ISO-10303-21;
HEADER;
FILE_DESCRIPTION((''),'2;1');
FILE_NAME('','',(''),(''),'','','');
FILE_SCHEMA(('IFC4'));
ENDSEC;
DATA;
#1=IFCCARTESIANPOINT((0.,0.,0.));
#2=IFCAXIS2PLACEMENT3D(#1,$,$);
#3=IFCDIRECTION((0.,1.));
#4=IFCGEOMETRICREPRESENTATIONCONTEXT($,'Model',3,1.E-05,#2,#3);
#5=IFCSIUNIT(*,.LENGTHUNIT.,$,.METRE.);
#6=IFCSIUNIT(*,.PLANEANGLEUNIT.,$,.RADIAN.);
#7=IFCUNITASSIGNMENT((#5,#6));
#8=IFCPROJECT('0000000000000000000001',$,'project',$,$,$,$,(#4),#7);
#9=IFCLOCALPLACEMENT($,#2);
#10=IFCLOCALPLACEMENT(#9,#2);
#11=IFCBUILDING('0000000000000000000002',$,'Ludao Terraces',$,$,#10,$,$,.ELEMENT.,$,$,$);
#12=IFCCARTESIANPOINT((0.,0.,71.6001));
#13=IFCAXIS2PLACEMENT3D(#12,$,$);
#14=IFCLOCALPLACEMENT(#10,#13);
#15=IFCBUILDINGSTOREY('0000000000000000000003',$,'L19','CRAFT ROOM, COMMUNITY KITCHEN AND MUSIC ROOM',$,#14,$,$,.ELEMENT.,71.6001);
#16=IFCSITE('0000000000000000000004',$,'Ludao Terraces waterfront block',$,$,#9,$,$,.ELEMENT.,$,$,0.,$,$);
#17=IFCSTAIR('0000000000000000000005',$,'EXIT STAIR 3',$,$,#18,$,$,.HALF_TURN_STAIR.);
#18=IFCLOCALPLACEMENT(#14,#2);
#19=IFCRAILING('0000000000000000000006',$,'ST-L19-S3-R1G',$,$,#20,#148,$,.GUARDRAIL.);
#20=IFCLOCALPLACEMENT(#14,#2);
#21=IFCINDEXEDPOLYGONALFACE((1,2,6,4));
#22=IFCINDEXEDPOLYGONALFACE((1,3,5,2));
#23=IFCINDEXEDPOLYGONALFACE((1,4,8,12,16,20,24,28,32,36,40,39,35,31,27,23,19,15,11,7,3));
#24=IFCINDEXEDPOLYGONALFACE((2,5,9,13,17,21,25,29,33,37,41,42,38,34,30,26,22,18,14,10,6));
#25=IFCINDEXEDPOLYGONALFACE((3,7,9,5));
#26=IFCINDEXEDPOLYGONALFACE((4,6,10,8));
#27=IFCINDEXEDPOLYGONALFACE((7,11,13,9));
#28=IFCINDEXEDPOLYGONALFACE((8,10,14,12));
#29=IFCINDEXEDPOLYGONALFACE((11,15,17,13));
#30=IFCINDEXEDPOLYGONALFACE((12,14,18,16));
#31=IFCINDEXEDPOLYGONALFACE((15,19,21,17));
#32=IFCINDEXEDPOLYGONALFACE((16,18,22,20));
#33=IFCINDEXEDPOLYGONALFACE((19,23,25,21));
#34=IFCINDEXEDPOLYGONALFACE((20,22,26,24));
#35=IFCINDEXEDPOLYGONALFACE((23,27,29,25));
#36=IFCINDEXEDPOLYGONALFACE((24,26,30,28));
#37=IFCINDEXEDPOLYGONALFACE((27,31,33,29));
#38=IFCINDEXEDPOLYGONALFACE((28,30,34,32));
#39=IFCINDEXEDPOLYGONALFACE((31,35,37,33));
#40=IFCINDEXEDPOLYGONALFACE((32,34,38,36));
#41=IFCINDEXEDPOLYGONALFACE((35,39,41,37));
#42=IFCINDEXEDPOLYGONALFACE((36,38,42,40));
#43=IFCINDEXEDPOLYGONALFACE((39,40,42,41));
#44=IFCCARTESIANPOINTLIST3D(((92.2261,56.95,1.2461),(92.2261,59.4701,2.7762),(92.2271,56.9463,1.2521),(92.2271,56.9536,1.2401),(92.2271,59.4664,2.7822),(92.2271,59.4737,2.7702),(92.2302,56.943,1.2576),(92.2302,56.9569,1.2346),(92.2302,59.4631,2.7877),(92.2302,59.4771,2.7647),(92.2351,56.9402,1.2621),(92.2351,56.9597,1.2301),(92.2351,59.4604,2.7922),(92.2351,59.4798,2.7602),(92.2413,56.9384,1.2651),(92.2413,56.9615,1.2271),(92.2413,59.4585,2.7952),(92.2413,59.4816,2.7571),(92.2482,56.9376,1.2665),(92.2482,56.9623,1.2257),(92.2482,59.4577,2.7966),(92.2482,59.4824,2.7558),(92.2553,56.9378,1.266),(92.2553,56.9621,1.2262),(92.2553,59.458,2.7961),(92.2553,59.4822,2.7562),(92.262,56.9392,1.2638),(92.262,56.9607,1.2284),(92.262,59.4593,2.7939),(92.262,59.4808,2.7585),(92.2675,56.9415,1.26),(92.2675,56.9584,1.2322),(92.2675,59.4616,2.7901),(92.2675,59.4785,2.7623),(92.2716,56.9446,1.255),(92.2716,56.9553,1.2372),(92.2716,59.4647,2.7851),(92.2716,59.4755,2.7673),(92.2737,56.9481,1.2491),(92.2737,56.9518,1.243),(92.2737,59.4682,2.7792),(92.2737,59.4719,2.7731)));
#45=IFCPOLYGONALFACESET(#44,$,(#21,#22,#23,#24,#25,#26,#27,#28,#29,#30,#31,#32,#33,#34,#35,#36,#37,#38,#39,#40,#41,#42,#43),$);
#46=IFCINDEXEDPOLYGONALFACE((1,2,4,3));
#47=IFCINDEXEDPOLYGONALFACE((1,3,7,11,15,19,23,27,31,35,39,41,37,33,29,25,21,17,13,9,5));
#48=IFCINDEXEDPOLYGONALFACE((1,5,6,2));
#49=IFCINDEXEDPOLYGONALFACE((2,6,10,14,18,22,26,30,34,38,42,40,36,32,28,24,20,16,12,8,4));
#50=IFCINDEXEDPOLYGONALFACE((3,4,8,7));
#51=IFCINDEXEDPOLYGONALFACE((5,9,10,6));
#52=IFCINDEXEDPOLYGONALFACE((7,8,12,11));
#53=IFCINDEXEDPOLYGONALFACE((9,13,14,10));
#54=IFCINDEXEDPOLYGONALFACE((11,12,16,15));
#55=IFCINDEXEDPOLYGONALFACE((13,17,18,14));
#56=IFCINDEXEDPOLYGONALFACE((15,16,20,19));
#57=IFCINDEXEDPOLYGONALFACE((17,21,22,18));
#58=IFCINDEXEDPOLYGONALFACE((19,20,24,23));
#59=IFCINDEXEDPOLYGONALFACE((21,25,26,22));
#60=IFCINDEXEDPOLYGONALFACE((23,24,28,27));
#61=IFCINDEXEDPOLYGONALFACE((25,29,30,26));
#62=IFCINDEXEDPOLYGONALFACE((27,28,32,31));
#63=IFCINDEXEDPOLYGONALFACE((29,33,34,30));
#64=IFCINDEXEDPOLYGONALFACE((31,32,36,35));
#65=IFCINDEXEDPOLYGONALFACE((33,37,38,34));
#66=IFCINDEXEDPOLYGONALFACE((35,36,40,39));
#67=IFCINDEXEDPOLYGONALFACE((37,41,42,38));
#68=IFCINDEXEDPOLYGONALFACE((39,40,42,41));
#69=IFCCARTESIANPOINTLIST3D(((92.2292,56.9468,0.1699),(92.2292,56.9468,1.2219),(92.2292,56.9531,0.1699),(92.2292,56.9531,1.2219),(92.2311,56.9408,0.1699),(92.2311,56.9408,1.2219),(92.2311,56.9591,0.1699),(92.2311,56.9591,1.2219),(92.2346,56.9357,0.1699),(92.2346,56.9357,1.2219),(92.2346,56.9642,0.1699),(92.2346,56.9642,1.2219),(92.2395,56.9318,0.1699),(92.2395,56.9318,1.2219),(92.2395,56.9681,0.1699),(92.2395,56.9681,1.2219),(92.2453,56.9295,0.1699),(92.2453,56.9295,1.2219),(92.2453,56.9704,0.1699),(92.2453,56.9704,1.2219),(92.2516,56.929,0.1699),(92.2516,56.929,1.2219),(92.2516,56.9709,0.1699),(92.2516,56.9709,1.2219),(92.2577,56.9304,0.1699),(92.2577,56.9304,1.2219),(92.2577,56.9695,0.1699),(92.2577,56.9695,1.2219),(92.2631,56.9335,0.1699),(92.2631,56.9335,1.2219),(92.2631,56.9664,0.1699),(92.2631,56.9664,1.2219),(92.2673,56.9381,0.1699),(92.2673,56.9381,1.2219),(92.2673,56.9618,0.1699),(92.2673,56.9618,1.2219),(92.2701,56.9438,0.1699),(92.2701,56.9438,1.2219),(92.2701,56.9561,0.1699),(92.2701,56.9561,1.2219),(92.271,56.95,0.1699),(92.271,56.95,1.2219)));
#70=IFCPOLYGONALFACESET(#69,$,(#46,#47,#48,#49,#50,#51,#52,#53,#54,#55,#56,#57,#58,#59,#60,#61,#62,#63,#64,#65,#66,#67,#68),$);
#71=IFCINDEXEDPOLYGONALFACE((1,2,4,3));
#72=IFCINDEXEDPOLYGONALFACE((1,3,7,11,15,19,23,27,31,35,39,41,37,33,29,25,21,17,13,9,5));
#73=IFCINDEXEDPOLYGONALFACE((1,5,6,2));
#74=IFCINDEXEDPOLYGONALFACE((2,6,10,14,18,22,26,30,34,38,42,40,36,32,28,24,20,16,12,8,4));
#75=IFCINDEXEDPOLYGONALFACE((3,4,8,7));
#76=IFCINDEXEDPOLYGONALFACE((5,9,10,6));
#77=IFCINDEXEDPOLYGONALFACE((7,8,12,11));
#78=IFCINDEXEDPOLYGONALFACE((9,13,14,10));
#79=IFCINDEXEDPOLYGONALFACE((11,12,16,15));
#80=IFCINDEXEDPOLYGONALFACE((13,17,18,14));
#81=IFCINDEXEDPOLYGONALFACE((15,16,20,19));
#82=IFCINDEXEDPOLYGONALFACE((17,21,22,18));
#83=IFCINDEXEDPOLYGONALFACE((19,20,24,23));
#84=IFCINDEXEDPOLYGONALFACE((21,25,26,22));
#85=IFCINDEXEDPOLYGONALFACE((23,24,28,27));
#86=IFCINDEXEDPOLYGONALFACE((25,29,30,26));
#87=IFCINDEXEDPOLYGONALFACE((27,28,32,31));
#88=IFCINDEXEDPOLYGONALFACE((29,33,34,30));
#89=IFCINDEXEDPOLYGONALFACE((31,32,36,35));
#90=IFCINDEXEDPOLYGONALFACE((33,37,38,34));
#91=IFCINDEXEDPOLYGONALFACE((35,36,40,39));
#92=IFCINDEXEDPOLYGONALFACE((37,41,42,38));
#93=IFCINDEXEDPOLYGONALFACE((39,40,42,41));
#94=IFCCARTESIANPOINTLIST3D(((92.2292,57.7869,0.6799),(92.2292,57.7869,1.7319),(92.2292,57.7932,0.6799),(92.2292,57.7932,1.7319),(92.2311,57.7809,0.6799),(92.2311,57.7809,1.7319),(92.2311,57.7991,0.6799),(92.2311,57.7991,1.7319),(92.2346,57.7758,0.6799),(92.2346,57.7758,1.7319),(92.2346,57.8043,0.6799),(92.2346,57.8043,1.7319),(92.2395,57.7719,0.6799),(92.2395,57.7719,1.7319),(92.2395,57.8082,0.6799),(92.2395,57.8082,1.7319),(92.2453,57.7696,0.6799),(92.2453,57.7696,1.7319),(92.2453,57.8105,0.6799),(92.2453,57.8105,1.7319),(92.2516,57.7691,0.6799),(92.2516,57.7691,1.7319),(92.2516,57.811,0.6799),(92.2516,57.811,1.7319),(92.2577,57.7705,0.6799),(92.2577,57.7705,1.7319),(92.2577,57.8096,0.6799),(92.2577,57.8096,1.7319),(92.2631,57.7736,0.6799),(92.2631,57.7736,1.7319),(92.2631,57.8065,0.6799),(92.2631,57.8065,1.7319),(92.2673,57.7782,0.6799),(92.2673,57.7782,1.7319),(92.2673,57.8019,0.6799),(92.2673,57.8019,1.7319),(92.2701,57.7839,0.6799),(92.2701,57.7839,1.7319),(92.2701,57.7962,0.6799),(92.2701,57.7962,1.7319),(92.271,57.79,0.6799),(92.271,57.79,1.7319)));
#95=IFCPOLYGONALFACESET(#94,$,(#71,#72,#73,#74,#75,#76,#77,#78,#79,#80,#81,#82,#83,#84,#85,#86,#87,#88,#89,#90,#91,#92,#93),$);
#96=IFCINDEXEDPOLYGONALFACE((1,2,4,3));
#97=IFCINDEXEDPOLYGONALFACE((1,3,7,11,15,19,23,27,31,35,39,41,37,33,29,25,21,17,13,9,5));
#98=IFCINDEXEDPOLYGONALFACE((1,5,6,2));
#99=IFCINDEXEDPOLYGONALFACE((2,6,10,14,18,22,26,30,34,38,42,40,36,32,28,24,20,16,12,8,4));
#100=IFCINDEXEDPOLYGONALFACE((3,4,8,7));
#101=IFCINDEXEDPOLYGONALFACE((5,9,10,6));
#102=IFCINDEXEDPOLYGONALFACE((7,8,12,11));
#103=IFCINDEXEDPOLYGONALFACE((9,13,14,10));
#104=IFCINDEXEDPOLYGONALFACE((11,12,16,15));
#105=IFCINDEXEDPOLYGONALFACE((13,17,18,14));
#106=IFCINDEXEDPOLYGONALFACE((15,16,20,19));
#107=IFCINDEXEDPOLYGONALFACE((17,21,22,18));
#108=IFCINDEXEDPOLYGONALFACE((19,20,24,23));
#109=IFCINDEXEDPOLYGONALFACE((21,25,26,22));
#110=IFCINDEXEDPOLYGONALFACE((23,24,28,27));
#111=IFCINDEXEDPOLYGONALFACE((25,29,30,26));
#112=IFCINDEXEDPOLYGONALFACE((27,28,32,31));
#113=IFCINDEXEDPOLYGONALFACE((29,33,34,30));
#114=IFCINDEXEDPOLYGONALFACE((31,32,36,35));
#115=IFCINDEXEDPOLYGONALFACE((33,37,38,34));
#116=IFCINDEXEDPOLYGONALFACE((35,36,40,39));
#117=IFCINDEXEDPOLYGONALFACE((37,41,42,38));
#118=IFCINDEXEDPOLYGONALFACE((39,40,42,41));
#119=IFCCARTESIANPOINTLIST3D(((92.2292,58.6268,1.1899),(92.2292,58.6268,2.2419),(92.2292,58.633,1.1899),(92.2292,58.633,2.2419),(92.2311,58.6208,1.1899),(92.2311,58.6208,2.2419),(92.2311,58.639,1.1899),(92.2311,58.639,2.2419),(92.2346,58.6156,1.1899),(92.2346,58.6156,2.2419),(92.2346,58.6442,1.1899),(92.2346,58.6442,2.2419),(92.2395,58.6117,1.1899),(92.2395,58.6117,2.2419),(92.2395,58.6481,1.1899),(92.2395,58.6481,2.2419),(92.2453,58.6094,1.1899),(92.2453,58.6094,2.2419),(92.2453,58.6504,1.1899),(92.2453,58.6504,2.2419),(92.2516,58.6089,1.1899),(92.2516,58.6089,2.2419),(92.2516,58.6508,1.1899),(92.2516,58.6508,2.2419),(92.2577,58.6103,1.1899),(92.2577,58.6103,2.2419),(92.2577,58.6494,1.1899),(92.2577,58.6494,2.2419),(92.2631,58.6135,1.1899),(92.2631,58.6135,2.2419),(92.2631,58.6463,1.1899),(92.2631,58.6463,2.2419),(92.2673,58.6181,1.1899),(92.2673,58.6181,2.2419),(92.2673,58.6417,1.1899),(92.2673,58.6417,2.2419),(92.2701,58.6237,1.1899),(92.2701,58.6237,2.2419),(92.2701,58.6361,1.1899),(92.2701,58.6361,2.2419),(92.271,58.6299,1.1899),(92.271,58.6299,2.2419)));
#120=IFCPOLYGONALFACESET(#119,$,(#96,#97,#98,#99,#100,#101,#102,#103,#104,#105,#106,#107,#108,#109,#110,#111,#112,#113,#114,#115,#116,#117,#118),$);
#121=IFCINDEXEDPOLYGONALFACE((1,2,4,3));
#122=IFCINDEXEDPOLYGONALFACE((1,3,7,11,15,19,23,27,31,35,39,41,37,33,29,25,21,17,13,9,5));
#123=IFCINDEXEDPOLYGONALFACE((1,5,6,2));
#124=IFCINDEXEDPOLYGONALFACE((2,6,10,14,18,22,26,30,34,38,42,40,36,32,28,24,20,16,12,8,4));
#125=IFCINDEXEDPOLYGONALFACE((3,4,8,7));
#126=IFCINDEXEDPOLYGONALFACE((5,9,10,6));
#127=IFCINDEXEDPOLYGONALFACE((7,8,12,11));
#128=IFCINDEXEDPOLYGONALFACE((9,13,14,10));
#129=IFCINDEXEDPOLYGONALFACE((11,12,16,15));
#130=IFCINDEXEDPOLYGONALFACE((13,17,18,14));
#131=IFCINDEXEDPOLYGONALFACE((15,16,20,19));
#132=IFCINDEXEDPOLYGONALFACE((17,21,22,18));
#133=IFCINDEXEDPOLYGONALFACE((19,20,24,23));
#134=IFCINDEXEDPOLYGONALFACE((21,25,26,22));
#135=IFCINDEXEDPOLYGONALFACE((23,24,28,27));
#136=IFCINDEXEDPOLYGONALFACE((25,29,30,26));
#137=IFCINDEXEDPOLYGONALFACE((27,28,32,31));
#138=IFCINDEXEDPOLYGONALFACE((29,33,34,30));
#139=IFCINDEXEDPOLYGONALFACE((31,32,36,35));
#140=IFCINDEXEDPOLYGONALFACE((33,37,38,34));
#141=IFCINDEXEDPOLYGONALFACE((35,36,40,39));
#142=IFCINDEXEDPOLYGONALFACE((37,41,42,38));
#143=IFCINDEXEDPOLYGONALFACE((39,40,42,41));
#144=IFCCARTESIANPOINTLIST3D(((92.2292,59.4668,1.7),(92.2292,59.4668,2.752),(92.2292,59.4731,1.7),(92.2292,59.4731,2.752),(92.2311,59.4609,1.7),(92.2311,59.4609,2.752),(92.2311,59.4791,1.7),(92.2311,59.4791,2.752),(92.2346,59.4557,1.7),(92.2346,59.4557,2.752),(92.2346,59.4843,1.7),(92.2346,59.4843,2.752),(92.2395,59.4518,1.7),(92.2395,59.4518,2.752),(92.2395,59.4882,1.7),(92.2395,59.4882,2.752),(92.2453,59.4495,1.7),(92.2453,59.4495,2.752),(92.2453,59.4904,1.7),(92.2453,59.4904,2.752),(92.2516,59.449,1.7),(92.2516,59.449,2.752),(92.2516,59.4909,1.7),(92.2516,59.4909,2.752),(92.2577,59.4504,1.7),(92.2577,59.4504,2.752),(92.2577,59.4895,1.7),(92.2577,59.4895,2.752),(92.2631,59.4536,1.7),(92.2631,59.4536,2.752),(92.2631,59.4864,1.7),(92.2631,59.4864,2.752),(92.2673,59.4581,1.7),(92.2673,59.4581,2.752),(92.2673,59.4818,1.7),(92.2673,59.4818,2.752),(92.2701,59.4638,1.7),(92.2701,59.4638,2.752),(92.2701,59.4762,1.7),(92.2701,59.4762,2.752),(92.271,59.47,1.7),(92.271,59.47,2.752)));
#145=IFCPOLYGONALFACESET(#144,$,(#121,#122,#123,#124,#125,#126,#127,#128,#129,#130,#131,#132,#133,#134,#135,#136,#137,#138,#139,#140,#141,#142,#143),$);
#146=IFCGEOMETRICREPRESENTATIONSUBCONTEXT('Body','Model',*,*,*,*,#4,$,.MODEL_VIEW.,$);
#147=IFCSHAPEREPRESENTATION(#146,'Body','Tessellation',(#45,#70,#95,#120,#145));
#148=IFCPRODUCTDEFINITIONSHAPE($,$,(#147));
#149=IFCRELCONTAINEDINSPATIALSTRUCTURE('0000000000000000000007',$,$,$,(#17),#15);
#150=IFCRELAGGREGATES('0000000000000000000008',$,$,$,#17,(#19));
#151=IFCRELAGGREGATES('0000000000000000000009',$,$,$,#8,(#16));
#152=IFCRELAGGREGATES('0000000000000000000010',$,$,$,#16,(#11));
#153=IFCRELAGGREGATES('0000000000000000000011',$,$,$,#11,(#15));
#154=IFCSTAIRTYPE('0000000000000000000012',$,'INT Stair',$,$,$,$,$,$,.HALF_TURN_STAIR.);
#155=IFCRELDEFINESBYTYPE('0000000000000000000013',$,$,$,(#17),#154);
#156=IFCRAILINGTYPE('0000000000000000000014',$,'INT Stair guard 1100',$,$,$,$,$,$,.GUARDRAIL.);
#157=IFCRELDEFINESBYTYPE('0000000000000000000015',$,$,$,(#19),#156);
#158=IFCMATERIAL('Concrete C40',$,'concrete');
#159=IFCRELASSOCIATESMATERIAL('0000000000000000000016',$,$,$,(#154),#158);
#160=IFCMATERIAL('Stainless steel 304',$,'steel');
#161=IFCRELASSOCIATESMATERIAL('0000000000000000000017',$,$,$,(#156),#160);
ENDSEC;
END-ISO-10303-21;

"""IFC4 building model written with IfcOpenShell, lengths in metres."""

from ifc_helpers import new_model, si_unit, direction, frame, origin, origin_2d, place, context, subcontext, project, spatial, circle, extrude, material, type_object, element, aggregate, save


model = new_model("IFC4")

# Units and contexts
model_context = context("Model", 3, precision=1e-05, world=origin(), true_north=direction((0.0, 1.0)))
body_context = subcontext(model_context, "Body", "Model", "MODEL_VIEW")
ifc_project = project(units=[si_unit("LENGTHUNIT", "METRE"), si_unit("PLANEANGLEUNIT", "RADIAN")], contexts=[model_context])

# Site, building, storey
site_placement = place(None, origin())
site = spatial("IfcSite", under=ifc_project, at=site_placement, Name="Ludao Terraces waterfront block", CompositionType="ELEMENT", RefElevation=0.0)
building_placement = place(site_placement, origin())
building = spatial("IfcBuilding", under=site, at=building_placement, Name="Ludao Terraces", CompositionType="ELEMENT")
storey_placement = place(building_placement, frame((0.0, 0.0, 71.6001)))
storey = spatial("IfcBuildingStorey", under=building, at=storey_placement, Name="L19", Description="CRAFT ROOM, COMMUNITY KITCHEN AND MUSIC ROOM", CompositionType="ELEMENT", Elevation=71.6001)

# Shared definitions
ifc_material_1 = material(Name="Concrete C40", Category="concrete")

# Stair, railing
stair_type = type_object("IfcStairType", Name="INT Stair", PredefinedType="HALF_TURN_STAIR", material=ifc_material_1)
stair_placement = place(storey_placement, origin())
stair = element("IfcStair", 1, at=stair_placement, inside=storey, type_object=stair_type, Name="EXIT STAIR 3", PredefinedType="HALF_TURN_STAIR")
ifc_material_2 = material(Name="Stainless steel 304", Category="steel")
railing_type_1 = type_object("IfcRailingType", Name="INT Stair guard 1100", PredefinedType="GUARDRAIL", material=ifc_material_2)
railing_1_placement = place(storey_placement, frame((92.25, 56.95, 0.1699)))
railing_1 = element("IfcRailing", 2, at=railing_1_placement, type_object=railing_type_1, Name="ST-L19-S3-R1G", PredefinedType="GUARDRAIL", context=body_context, shape_type="SweptSolid", body=[
    extrude(circle(Radius=0.0239, at=origin_2d()), frame((0.0, 0.0, 1.0762), z_axis=(0.0, 0.854785, 0.518982), x_axis=(-1.0, 0.0, 0.0)), (0.0, 0.0, 1.0), 2.9482),
    extrude(circle(Radius=0.021, at=origin_2d()), origin(), (0.0, 0.0, 1.0), 1.052),
    extrude(circle(Radius=0.021, at=origin_2d()), frame((0.0, 0.8401, 0.51)), (0.0, 0.0, 1.0), 1.052),
    extrude(circle(Radius=0.021, at=origin_2d()), frame((0.0, 1.6799, 1.02)), (0.0, 0.0, 1.0), 1.052),
    extrude(circle(Radius=0.021, at=origin_2d()), frame((0.0, 2.52, 1.53)), (0.0, 0.0, 1.0), 1.052),
])
aggregate(stair, [railing_1])

save(model, "model.ifc")
